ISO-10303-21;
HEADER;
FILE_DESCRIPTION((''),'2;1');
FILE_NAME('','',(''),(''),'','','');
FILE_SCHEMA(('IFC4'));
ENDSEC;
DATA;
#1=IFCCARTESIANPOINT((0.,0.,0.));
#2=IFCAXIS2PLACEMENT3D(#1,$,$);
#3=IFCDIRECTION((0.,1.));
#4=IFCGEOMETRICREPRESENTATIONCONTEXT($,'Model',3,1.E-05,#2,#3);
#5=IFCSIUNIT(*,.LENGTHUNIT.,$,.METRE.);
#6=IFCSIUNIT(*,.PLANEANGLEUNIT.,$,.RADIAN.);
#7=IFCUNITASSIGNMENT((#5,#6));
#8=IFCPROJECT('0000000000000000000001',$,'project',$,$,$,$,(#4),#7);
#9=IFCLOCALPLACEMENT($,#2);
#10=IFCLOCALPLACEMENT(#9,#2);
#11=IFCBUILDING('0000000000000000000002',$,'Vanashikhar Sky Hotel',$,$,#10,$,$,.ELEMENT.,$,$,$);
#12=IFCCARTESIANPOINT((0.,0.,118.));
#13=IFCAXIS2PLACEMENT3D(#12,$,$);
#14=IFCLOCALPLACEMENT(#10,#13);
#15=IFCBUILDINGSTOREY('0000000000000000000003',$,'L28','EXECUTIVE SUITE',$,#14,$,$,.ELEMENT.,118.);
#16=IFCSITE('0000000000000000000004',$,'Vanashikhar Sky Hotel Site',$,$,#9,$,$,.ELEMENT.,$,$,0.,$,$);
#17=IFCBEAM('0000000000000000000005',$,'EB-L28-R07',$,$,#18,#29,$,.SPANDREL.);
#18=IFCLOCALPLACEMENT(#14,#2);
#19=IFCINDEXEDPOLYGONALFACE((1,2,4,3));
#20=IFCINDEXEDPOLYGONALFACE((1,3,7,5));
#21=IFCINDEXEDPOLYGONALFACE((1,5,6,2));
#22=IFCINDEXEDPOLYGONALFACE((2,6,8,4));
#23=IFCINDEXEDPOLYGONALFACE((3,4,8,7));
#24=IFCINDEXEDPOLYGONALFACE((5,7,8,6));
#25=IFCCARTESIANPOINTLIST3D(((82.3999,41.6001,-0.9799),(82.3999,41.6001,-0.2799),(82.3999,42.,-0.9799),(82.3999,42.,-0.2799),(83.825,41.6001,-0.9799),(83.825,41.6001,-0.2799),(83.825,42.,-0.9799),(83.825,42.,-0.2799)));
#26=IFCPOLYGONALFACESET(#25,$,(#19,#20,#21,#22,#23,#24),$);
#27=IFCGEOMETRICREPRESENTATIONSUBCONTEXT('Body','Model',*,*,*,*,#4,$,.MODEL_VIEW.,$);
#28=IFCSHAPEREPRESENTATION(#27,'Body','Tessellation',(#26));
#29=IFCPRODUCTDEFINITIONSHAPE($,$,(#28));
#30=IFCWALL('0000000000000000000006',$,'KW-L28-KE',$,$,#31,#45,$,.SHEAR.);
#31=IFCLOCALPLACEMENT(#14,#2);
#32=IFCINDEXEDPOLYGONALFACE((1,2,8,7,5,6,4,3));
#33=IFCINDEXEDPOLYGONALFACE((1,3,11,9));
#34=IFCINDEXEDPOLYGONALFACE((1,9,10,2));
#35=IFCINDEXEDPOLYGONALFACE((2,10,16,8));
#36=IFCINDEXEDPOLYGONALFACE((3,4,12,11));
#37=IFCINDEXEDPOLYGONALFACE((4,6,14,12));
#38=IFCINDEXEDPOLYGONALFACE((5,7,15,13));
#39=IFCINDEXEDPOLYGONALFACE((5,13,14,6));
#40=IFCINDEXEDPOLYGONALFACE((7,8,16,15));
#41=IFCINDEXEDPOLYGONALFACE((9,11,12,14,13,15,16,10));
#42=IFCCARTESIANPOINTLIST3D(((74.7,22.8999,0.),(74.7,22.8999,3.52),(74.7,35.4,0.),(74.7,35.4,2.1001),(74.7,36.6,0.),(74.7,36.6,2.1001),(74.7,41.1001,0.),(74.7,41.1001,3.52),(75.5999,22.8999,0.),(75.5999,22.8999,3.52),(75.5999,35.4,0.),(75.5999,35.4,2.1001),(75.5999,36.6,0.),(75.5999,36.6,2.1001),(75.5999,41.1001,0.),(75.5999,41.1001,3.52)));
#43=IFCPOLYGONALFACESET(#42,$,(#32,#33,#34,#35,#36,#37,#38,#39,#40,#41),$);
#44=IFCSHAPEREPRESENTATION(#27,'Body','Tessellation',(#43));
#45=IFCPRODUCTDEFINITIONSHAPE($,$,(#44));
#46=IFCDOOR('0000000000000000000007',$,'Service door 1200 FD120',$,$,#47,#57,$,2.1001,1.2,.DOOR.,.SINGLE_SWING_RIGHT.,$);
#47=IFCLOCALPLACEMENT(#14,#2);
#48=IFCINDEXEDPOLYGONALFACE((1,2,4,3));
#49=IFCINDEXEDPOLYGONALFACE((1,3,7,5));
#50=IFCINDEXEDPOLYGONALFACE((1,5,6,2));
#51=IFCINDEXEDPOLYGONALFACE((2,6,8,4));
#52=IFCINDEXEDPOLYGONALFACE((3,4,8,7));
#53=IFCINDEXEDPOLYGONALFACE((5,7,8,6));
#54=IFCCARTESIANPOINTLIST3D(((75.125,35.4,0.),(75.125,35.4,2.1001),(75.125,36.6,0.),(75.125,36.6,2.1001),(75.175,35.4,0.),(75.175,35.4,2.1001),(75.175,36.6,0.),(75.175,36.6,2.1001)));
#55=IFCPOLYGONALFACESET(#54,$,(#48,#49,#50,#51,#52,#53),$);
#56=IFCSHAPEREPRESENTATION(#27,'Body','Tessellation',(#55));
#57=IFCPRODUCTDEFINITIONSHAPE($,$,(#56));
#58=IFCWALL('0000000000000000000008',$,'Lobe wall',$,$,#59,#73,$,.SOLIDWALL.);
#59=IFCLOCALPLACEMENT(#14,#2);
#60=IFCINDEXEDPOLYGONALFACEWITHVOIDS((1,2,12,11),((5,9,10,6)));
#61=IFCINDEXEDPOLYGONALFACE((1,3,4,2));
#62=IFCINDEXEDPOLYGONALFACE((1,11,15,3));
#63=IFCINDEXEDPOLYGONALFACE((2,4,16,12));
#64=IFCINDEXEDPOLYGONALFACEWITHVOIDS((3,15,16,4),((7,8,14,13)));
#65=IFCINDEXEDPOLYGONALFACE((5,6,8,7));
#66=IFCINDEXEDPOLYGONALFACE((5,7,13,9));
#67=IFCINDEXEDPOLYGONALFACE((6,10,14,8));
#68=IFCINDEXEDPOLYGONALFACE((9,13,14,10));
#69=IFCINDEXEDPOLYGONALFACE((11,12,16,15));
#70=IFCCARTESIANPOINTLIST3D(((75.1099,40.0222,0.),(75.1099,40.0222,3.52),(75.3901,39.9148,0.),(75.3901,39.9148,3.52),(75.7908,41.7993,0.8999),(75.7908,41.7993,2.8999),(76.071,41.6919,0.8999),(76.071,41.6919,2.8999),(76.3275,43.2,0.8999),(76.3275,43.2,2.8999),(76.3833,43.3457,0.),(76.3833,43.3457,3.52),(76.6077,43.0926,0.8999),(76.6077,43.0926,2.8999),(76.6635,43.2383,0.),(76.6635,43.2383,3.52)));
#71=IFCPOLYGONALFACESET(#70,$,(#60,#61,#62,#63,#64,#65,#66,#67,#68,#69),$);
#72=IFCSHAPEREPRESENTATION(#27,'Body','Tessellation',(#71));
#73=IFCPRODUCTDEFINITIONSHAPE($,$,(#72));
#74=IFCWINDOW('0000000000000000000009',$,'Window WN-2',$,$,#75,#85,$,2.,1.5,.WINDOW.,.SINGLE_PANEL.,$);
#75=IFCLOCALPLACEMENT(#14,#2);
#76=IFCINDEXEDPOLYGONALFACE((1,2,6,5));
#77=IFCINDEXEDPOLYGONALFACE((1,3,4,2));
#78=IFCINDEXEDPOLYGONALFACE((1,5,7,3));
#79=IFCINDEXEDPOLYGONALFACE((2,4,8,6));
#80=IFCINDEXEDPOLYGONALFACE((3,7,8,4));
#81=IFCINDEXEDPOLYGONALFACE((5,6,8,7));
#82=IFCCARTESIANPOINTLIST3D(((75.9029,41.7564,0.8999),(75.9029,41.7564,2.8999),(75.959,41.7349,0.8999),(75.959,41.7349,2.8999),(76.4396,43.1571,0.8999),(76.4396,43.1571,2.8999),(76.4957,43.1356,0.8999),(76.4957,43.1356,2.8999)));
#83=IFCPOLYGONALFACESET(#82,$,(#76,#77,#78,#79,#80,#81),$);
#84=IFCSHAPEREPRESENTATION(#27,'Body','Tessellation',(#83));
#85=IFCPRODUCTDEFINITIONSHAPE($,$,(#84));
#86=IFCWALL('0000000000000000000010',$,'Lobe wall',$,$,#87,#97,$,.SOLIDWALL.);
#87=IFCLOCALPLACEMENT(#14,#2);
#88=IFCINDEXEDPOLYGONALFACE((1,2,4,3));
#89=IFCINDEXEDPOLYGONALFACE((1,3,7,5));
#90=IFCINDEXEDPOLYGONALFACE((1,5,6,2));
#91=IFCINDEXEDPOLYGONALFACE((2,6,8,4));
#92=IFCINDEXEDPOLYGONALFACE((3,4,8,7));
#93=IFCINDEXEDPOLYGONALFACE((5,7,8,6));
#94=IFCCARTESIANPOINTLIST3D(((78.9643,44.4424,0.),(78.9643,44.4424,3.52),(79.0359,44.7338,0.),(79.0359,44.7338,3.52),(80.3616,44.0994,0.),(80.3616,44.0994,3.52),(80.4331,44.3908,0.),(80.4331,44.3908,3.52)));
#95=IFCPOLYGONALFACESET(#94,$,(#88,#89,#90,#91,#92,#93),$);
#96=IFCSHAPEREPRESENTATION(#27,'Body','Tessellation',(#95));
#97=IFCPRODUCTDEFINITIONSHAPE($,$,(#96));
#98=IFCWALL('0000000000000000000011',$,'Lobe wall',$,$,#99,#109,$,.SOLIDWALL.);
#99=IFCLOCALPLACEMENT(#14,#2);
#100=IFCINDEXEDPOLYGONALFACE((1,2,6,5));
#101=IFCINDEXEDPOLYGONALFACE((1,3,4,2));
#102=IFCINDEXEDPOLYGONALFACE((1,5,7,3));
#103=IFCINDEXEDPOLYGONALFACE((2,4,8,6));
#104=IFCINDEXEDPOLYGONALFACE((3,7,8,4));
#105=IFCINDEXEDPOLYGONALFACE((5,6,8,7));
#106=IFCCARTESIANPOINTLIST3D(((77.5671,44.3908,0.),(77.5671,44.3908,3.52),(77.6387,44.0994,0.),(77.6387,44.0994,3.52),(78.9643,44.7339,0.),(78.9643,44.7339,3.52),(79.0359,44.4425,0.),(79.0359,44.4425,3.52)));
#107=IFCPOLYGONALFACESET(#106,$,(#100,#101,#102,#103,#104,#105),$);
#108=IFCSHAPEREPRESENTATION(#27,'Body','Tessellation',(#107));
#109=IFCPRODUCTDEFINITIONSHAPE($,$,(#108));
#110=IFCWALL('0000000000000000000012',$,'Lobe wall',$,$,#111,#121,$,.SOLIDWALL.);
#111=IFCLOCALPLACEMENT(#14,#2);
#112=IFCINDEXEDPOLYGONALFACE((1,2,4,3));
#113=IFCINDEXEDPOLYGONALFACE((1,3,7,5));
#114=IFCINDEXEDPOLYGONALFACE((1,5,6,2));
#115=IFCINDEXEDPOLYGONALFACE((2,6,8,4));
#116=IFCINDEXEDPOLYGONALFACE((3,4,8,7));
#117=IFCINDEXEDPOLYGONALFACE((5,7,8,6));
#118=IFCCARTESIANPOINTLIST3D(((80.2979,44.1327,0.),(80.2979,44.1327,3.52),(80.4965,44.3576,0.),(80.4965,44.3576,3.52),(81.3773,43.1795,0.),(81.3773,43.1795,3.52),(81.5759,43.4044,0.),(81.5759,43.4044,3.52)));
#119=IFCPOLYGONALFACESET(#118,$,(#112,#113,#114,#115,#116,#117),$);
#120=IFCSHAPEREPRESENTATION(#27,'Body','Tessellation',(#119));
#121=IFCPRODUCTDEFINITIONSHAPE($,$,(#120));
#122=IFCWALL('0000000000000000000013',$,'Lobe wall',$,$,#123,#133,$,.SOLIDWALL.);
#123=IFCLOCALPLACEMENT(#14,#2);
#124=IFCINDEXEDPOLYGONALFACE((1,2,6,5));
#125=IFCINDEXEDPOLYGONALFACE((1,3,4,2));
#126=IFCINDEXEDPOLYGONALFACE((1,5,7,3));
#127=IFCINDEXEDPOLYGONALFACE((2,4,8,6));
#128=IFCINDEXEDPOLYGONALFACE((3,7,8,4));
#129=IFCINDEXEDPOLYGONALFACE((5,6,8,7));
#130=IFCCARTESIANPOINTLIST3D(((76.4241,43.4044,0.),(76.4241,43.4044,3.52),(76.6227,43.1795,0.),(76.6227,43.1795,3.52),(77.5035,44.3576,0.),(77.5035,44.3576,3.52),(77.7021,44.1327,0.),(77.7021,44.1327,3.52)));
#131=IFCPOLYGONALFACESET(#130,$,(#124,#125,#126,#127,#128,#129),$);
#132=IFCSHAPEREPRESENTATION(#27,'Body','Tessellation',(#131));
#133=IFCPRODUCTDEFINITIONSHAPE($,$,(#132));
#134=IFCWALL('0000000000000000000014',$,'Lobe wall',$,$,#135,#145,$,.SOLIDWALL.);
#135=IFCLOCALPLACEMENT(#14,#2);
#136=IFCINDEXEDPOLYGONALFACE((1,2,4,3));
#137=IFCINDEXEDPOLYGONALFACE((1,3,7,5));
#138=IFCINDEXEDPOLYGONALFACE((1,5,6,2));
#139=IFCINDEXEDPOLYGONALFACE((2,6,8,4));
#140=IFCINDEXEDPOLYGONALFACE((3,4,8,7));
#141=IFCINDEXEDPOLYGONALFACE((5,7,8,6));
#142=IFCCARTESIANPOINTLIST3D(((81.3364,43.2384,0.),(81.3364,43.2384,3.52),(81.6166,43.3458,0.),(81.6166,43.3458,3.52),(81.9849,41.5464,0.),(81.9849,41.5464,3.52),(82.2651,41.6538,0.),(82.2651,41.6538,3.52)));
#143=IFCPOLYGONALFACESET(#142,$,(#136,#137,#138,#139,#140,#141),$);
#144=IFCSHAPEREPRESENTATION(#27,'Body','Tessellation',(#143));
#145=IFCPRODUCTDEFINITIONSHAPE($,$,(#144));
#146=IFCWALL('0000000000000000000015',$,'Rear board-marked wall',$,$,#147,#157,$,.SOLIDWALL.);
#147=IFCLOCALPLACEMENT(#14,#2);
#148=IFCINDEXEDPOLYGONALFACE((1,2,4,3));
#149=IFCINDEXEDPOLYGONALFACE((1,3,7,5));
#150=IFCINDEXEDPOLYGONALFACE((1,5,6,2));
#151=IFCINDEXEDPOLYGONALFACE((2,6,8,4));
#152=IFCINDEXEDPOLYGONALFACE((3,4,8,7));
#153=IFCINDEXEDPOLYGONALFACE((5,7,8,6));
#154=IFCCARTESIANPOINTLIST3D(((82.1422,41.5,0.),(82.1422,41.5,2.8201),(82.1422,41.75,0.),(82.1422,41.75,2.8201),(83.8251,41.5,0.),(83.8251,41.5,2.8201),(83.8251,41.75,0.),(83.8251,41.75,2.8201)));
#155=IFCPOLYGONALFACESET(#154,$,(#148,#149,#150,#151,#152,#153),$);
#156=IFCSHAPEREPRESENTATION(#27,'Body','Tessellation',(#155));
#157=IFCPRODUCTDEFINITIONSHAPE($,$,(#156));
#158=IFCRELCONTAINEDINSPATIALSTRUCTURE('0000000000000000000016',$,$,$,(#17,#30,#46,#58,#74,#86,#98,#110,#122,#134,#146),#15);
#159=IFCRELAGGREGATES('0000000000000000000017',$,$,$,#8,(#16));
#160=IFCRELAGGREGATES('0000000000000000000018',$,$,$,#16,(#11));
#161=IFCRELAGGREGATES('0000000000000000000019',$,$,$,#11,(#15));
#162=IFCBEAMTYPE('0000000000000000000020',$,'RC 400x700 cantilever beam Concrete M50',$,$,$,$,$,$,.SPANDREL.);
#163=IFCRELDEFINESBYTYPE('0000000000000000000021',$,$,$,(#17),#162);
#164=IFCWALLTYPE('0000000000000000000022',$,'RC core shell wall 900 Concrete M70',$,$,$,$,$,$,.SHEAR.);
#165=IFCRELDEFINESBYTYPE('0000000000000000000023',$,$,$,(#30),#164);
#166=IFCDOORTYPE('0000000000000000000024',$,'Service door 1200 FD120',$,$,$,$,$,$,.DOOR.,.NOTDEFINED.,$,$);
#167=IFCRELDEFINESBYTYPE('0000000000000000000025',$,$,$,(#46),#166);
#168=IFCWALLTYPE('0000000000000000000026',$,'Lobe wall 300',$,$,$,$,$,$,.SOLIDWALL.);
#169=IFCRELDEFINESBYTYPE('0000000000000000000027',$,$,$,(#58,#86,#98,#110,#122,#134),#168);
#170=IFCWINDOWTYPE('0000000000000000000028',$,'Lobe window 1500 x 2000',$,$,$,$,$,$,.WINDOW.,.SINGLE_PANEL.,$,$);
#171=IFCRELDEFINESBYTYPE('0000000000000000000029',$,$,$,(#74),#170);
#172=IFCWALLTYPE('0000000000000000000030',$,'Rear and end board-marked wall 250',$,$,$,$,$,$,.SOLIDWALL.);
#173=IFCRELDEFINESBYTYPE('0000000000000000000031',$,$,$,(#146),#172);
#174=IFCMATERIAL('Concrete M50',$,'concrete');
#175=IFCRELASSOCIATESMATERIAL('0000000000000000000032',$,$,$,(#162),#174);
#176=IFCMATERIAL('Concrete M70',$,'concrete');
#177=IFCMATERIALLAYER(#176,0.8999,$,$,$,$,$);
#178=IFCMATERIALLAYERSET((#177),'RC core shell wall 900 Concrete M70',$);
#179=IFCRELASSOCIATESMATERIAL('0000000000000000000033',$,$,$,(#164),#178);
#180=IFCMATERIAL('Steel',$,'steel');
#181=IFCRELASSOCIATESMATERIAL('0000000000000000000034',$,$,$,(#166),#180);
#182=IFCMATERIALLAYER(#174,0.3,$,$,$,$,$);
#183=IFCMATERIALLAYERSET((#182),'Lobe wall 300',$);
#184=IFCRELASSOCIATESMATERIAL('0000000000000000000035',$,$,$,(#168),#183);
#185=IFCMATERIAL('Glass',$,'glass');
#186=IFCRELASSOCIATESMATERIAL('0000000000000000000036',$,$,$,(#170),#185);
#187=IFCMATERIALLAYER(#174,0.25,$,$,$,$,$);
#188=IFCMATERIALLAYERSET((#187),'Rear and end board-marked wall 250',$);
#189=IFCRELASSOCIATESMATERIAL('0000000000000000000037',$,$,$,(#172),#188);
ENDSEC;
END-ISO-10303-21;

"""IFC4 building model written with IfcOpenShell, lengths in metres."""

from ifc_helpers import new_model, si_unit, direction, frame, frame_2d, origin, origin_2d, place, context, subcontext, project, spatial, rectangle, extrude, source, transform, mapped, material, layer, layer_set, material_profile, profile_set, type_object, element, fill, save


model = new_model("IFC4")

# Units and contexts
model_context = context("Model", 3, precision=1e-05, world=origin(), true_north=direction((0.0, 1.0)))
body_context = subcontext(model_context, "Body", "Model", "MODEL_VIEW")
ifc_project = project(units=[si_unit("LENGTHUNIT", "METRE"), si_unit("PLANEANGLEUNIT", "RADIAN")], contexts=[model_context])

# Site, building, storey
site_placement = place(None, origin())
site = spatial("IfcSite", under=ifc_project, at=site_placement, Name="Vanashikhar Sky Hotel Site", CompositionType="ELEMENT", RefElevation=0.0)
building_placement = place(site_placement, origin())
building = spatial("IfcBuilding", under=site, at=building_placement, Name="Vanashikhar Sky Hotel", CompositionType="ELEMENT")
storey_placement = place(building_placement, frame((0.0, 0.0, 118.0)))
storey = spatial("IfcBuildingStorey", under=building, at=storey_placement, Name="L28", Description="EXECUTIVE SUITE", CompositionType="ELEMENT", Elevation=118.0)

# Beam
ifc_material_1 = material(Name="Concrete M50", Category="concrete")
ifc_material_profile_1 = material_profile(ifc_material_1, rectangle(XDim=0.3999, YDim=0.7, at=origin_2d()))
ifc_profile_set_1 = profile_set([ifc_material_profile_1], Name="RC 400x700 cantilever beam Concrete M50")
beam_type = type_object("IfcBeamType", Name="RC 400x700 cantilever beam Concrete M50", PredefinedType="SPANDREL", material=ifc_profile_set_1)
shared_shape_1 = source(origin(), body_context, "Body", "SweptSolid", [
    extrude(rectangle(XDim=0.3999, YDim=0.7, at=origin_2d()), origin(), (0.0, 0.0, 1.0), 1.425),
])
beam_placement = place(storey_placement, frame((82.3999, 41.8, -0.6299), z_axis=(1.0, 0.0, 0.0), x_axis=(0.0, 1.0, 0.0)))
element("IfcBeam", 1, at=beam_placement, inside=storey, type_object=beam_type, Name="EB-L28-R07", PredefinedType="SPANDREL", context=body_context, shape_type="MappedRepresentation", body=[
    mapped(shared_shape_1, transform((0.0, 0.0, 0.0), scale=1.0)),
])

# Wall, opening, door
ifc_material_2 = material(Name="Concrete M70", Category="concrete")
ifc_layer_1 = layer(ifc_material_2, 0.8999)
ifc_layer_set_1 = layer_set([ifc_layer_1], Name="RC core shell wall 900 Concrete M70")
wall_type_1 = type_object("IfcWallType", Name="RC core shell wall 900 Concrete M70", PredefinedType="SHEAR", material=ifc_layer_set_1)
shared_shape_2 = source(origin(), body_context, "Body", "SweptSolid", [
    extrude(rectangle(XDim=18.2002, YDim=0.8999, at=frame_2d((9.1001, 0.0))), origin(), (0.0, 0.0, 1.0), 3.52),
])
wall_1_placement = place(storey_placement, frame((75.1499, 22.8999, 0.0), z_axis=(0.0, 0.0, 1.0), x_axis=(0.0, 1.0, 0.0)))
wall_1 = element("IfcWall", 2, at=wall_1_placement, inside=storey, type_object=wall_type_1, Name="KW-L28-KE", PredefinedType="SHEAR", context=body_context, shape_type="MappedRepresentation", body=[
    mapped(shared_shape_2, transform((0.0, 0.0, 0.0), scale=1.0)),
])
shared_shape_3 = source(origin(), body_context, "Body", "SweptSolid", [
    extrude(rectangle(XDim=1.2, YDim=2.1001, at=frame_2d((0.6001, 1.05))), frame((0.0, 0.46, 0.0), z_axis=(0.0, -1.0, 0.0), x_axis=(1.0, 0.0, 0.0)), (0.0, 0.0, 1.0), 0.9199),
])
opening_1_placement = place(wall_1_placement, frame((12.5, 0.0, 0.0)))
opening_1 = element("IfcOpeningElement", 3, at=opening_1_placement, cuts=wall_1, PredefinedType="OPENING", context=body_context, shape_type="MappedRepresentation", body=[
    mapped(shared_shape_3, transform((0.0, 0.0, 0.0), scale=1.0)),
])
ifc_material_3 = material(Name="Steel", Category="steel")
door_type_1 = type_object("IfcDoorType", Name="Service door 1200 FD120", OperationType="NOTDEFINED", PredefinedType="DOOR", material=ifc_material_3)
shared_shape_4 = source(origin(), body_context, "Body", "SweptSolid", [
    extrude(rectangle(XDim=1.2, YDim=2.1001, at=frame_2d((0.6001, 1.05))), frame((0.0, 0.0249, 0.0), z_axis=(0.0, -1.0, 0.0), x_axis=(1.0, 0.0, 0.0)), (0.0, 0.0, 1.0), 0.05),
])
door_1_placement = place(opening_1_placement, origin())
door_1 = element("IfcDoor", 4, at=door_1_placement, inside=storey, type_object=door_type_1, Name="Service door 1200 FD120", OperationType="SINGLE_SWING_RIGHT", OverallHeight=2.1001, OverallWidth=1.2, PredefinedType="DOOR", context=body_context, shape_type="MappedRepresentation", body=[
    mapped(shared_shape_4, transform((0.0, 0.0, 0.0), scale=1.0)),
])
fill(opening_1, door_1)

# Wall, opening, window
ifc_layer_2 = layer(ifc_material_1, 0.3)
ifc_layer_set_2 = layer_set([ifc_layer_2], Name="Lobe wall 300")
wall_type_2 = type_object("IfcWallType", Name="Lobe wall 300", PredefinedType="SOLIDWALL", material=ifc_layer_set_2)
shared_shape_5 = source(origin(), body_context, "Body", "SweptSolid", [
    extrude(rectangle(XDim=3.5591, YDim=0.3, at=frame_2d((1.7795, 0.0))), origin(), (0.0, 0.0, 1.0), 3.52),
])
wall_2_placement = place(storey_placement, frame((76.5234, 43.292, 0.0), z_axis=(0.0, 0.0, 1.0), x_axis=(-0.357797, -0.933799, 0.0)))
wall_2 = element("IfcWall", 5, at=wall_2_placement, inside=storey, type_object=wall_type_2, Name="Lobe wall", PredefinedType="SOLIDWALL", context=body_context, shape_type="MappedRepresentation", body=[
    mapped(shared_shape_5, transform((0.0, 0.0, 0.0), scale=1.0)),
])
shared_shape_6 = source(origin(), body_context, "Body", "SweptSolid", [
    extrude(rectangle(XDim=1.5, YDim=2.0, at=frame_2d((0.75, 1.0))), frame((0.0, 0.1602, 0.0), z_axis=(0.0, -1.0, 0.0), x_axis=(1.0, 0.0, 0.0)), (0.0, 0.0, 1.0), 0.3201),
])
opening_2_placement = place(wall_2_placement, frame((0.156, 0.0, 0.8999)))
opening_2 = element("IfcOpeningElement", 6, at=opening_2_placement, cuts=wall_2, PredefinedType="OPENING", context=body_context, shape_type="MappedRepresentation", body=[
    mapped(shared_shape_6, transform((0.0, 0.0, 0.0), scale=1.0)),
])
ifc_material_4 = material(Name="Glass", Category="glass")
window_type = type_object("IfcWindowType", Name="Lobe window 1500 x 2000", PartitioningType="SINGLE_PANEL", PredefinedType="WINDOW", material=ifc_material_4)
shared_shape_7 = source(origin(), body_context, "Body", "SweptSolid", [
    extrude(rectangle(XDim=1.5, YDim=2.0, at=frame_2d((0.75, 1.0))), frame((0.0, 0.03, 0.0), z_axis=(0.0, -1.0, 0.0), x_axis=(1.0, 0.0, 0.0)), (0.0, 0.0, 1.0), 0.0601),
])
window_placement = place(opening_2_placement, origin())
window = element("IfcWindow", 7, at=window_placement, inside=storey, type_object=window_type, Name="Window WN-2", OverallHeight=2.0, OverallWidth=1.5, PartitioningType="SINGLE_PANEL", PredefinedType="WINDOW", context=body_context, shape_type="MappedRepresentation", body=[
    mapped(shared_shape_7, transform((0.0, 0.0, 0.0), scale=1.0)),
])
fill(opening_2, window)

# Walls
shared_shape_8 = source(origin(), body_context, "Body", "SweptSolid", [
    extrude(rectangle(XDim=1.4387, YDim=0.3, at=frame_2d((0.7192, 0.0))), origin(), (0.0, 0.0, 1.0), 3.52),
])
for number, where, z_axis, x_axis, name in (
    (8, (80.3972, 44.2451, 0.0), (0.0, 0.0, 1.0), (-0.971162, 0.238421, 0.0), "Lobe wall"),
    (9, (79.0, 44.5881, 0.0), (0.0, 0.0, 1.0), (-0.971162, -0.238421, 0.0), "Lobe wall"),
):
    element("IfcWall", number, at=place(storey_placement, frame(where, z_axis=z_axis, x_axis=x_axis)), inside=storey, type_object=wall_type_2, Name=name, PredefinedType="SOLIDWALL", context=body_context, shape_type="MappedRepresentation", body=[
        mapped(shared_shape_8, transform((0.0, 0.0, 0.0), scale=1.0)),
    ])
shared_shape_9 = source(origin(), body_context, "Body", "SweptSolid", [
    extrude(rectangle(XDim=1.4399, YDim=0.3, at=frame_2d((0.72, 0.0))), origin(), (0.0, 0.0, 1.0), 3.52),
])
for number, where, z_axis, x_axis, name in (
    (10, (81.4766, 43.292, 0.0), (0.0, 0.0, 1.0), (-0.749576, 0.661919, 0.0), "Lobe wall"),
    (11, (77.6028, 44.2451, 0.0), (0.0, 0.0, 1.0), (-0.749576, -0.661919, 0.0), "Lobe wall"),
):
    element("IfcWall", number, at=place(storey_placement, frame(where, z_axis=z_axis, x_axis=x_axis)), inside=storey, type_object=wall_type_2, Name=name, PredefinedType="SOLIDWALL", context=body_context, shape_type="MappedRepresentation", body=[
        mapped(shared_shape_9, transform((0.0, 0.0, 0.0), scale=1.0)),
    ])
shared_shape_10 = source(origin(), body_context, "Body", "SweptSolid", [
    extrude(rectangle(XDim=1.812, YDim=0.3, at=frame_2d((0.906, 0.0))), origin(), (0.0, 0.0, 1.0), 3.52),
])
wall_3_placement = place(storey_placement, frame((82.125, 41.6001, 0.0), z_axis=(0.0, 0.0, 1.0), x_axis=(-0.357877, 0.933769, 0.0)))
element("IfcWall", 12, at=wall_3_placement, inside=storey, type_object=wall_type_2, Name="Lobe wall", PredefinedType="SOLIDWALL", context=body_context, shape_type="MappedRepresentation", body=[
    mapped(shared_shape_10, transform((0.0, 0.0, 0.0), scale=1.0)),
])
ifc_layer_3 = layer(ifc_material_1, 0.25)
ifc_layer_set_3 = layer_set([ifc_layer_3], Name="Rear and end board-marked wall 250")
wall_type_3 = type_object("IfcWallType", Name="Rear and end board-marked wall 250", PredefinedType="SOLIDWALL", material=ifc_layer_set_3)
shared_shape_11 = source(origin(), body_context, "Body", "SweptSolid", [
    extrude(rectangle(XDim=1.6829, YDim=0.25, at=frame_2d((0.8413, 0.0))), origin(), (0.0, 0.0, 1.0), 2.8201),
])
wall_4_placement = place(storey_placement, frame((83.825, 41.625, 0.0), z_axis=(0.0, 0.0, 1.0), x_axis=(-1.0, 0.0, 0.0)))
element("IfcWall", 13, at=wall_4_placement, inside=storey, type_object=wall_type_3, Name="Rear board-marked wall", PredefinedType="SOLIDWALL", context=body_context, shape_type="MappedRepresentation", body=[
    mapped(shared_shape_11, transform((0.0, 0.0, 0.0), scale=1.0)),
])

save(model, "model.ifc")
